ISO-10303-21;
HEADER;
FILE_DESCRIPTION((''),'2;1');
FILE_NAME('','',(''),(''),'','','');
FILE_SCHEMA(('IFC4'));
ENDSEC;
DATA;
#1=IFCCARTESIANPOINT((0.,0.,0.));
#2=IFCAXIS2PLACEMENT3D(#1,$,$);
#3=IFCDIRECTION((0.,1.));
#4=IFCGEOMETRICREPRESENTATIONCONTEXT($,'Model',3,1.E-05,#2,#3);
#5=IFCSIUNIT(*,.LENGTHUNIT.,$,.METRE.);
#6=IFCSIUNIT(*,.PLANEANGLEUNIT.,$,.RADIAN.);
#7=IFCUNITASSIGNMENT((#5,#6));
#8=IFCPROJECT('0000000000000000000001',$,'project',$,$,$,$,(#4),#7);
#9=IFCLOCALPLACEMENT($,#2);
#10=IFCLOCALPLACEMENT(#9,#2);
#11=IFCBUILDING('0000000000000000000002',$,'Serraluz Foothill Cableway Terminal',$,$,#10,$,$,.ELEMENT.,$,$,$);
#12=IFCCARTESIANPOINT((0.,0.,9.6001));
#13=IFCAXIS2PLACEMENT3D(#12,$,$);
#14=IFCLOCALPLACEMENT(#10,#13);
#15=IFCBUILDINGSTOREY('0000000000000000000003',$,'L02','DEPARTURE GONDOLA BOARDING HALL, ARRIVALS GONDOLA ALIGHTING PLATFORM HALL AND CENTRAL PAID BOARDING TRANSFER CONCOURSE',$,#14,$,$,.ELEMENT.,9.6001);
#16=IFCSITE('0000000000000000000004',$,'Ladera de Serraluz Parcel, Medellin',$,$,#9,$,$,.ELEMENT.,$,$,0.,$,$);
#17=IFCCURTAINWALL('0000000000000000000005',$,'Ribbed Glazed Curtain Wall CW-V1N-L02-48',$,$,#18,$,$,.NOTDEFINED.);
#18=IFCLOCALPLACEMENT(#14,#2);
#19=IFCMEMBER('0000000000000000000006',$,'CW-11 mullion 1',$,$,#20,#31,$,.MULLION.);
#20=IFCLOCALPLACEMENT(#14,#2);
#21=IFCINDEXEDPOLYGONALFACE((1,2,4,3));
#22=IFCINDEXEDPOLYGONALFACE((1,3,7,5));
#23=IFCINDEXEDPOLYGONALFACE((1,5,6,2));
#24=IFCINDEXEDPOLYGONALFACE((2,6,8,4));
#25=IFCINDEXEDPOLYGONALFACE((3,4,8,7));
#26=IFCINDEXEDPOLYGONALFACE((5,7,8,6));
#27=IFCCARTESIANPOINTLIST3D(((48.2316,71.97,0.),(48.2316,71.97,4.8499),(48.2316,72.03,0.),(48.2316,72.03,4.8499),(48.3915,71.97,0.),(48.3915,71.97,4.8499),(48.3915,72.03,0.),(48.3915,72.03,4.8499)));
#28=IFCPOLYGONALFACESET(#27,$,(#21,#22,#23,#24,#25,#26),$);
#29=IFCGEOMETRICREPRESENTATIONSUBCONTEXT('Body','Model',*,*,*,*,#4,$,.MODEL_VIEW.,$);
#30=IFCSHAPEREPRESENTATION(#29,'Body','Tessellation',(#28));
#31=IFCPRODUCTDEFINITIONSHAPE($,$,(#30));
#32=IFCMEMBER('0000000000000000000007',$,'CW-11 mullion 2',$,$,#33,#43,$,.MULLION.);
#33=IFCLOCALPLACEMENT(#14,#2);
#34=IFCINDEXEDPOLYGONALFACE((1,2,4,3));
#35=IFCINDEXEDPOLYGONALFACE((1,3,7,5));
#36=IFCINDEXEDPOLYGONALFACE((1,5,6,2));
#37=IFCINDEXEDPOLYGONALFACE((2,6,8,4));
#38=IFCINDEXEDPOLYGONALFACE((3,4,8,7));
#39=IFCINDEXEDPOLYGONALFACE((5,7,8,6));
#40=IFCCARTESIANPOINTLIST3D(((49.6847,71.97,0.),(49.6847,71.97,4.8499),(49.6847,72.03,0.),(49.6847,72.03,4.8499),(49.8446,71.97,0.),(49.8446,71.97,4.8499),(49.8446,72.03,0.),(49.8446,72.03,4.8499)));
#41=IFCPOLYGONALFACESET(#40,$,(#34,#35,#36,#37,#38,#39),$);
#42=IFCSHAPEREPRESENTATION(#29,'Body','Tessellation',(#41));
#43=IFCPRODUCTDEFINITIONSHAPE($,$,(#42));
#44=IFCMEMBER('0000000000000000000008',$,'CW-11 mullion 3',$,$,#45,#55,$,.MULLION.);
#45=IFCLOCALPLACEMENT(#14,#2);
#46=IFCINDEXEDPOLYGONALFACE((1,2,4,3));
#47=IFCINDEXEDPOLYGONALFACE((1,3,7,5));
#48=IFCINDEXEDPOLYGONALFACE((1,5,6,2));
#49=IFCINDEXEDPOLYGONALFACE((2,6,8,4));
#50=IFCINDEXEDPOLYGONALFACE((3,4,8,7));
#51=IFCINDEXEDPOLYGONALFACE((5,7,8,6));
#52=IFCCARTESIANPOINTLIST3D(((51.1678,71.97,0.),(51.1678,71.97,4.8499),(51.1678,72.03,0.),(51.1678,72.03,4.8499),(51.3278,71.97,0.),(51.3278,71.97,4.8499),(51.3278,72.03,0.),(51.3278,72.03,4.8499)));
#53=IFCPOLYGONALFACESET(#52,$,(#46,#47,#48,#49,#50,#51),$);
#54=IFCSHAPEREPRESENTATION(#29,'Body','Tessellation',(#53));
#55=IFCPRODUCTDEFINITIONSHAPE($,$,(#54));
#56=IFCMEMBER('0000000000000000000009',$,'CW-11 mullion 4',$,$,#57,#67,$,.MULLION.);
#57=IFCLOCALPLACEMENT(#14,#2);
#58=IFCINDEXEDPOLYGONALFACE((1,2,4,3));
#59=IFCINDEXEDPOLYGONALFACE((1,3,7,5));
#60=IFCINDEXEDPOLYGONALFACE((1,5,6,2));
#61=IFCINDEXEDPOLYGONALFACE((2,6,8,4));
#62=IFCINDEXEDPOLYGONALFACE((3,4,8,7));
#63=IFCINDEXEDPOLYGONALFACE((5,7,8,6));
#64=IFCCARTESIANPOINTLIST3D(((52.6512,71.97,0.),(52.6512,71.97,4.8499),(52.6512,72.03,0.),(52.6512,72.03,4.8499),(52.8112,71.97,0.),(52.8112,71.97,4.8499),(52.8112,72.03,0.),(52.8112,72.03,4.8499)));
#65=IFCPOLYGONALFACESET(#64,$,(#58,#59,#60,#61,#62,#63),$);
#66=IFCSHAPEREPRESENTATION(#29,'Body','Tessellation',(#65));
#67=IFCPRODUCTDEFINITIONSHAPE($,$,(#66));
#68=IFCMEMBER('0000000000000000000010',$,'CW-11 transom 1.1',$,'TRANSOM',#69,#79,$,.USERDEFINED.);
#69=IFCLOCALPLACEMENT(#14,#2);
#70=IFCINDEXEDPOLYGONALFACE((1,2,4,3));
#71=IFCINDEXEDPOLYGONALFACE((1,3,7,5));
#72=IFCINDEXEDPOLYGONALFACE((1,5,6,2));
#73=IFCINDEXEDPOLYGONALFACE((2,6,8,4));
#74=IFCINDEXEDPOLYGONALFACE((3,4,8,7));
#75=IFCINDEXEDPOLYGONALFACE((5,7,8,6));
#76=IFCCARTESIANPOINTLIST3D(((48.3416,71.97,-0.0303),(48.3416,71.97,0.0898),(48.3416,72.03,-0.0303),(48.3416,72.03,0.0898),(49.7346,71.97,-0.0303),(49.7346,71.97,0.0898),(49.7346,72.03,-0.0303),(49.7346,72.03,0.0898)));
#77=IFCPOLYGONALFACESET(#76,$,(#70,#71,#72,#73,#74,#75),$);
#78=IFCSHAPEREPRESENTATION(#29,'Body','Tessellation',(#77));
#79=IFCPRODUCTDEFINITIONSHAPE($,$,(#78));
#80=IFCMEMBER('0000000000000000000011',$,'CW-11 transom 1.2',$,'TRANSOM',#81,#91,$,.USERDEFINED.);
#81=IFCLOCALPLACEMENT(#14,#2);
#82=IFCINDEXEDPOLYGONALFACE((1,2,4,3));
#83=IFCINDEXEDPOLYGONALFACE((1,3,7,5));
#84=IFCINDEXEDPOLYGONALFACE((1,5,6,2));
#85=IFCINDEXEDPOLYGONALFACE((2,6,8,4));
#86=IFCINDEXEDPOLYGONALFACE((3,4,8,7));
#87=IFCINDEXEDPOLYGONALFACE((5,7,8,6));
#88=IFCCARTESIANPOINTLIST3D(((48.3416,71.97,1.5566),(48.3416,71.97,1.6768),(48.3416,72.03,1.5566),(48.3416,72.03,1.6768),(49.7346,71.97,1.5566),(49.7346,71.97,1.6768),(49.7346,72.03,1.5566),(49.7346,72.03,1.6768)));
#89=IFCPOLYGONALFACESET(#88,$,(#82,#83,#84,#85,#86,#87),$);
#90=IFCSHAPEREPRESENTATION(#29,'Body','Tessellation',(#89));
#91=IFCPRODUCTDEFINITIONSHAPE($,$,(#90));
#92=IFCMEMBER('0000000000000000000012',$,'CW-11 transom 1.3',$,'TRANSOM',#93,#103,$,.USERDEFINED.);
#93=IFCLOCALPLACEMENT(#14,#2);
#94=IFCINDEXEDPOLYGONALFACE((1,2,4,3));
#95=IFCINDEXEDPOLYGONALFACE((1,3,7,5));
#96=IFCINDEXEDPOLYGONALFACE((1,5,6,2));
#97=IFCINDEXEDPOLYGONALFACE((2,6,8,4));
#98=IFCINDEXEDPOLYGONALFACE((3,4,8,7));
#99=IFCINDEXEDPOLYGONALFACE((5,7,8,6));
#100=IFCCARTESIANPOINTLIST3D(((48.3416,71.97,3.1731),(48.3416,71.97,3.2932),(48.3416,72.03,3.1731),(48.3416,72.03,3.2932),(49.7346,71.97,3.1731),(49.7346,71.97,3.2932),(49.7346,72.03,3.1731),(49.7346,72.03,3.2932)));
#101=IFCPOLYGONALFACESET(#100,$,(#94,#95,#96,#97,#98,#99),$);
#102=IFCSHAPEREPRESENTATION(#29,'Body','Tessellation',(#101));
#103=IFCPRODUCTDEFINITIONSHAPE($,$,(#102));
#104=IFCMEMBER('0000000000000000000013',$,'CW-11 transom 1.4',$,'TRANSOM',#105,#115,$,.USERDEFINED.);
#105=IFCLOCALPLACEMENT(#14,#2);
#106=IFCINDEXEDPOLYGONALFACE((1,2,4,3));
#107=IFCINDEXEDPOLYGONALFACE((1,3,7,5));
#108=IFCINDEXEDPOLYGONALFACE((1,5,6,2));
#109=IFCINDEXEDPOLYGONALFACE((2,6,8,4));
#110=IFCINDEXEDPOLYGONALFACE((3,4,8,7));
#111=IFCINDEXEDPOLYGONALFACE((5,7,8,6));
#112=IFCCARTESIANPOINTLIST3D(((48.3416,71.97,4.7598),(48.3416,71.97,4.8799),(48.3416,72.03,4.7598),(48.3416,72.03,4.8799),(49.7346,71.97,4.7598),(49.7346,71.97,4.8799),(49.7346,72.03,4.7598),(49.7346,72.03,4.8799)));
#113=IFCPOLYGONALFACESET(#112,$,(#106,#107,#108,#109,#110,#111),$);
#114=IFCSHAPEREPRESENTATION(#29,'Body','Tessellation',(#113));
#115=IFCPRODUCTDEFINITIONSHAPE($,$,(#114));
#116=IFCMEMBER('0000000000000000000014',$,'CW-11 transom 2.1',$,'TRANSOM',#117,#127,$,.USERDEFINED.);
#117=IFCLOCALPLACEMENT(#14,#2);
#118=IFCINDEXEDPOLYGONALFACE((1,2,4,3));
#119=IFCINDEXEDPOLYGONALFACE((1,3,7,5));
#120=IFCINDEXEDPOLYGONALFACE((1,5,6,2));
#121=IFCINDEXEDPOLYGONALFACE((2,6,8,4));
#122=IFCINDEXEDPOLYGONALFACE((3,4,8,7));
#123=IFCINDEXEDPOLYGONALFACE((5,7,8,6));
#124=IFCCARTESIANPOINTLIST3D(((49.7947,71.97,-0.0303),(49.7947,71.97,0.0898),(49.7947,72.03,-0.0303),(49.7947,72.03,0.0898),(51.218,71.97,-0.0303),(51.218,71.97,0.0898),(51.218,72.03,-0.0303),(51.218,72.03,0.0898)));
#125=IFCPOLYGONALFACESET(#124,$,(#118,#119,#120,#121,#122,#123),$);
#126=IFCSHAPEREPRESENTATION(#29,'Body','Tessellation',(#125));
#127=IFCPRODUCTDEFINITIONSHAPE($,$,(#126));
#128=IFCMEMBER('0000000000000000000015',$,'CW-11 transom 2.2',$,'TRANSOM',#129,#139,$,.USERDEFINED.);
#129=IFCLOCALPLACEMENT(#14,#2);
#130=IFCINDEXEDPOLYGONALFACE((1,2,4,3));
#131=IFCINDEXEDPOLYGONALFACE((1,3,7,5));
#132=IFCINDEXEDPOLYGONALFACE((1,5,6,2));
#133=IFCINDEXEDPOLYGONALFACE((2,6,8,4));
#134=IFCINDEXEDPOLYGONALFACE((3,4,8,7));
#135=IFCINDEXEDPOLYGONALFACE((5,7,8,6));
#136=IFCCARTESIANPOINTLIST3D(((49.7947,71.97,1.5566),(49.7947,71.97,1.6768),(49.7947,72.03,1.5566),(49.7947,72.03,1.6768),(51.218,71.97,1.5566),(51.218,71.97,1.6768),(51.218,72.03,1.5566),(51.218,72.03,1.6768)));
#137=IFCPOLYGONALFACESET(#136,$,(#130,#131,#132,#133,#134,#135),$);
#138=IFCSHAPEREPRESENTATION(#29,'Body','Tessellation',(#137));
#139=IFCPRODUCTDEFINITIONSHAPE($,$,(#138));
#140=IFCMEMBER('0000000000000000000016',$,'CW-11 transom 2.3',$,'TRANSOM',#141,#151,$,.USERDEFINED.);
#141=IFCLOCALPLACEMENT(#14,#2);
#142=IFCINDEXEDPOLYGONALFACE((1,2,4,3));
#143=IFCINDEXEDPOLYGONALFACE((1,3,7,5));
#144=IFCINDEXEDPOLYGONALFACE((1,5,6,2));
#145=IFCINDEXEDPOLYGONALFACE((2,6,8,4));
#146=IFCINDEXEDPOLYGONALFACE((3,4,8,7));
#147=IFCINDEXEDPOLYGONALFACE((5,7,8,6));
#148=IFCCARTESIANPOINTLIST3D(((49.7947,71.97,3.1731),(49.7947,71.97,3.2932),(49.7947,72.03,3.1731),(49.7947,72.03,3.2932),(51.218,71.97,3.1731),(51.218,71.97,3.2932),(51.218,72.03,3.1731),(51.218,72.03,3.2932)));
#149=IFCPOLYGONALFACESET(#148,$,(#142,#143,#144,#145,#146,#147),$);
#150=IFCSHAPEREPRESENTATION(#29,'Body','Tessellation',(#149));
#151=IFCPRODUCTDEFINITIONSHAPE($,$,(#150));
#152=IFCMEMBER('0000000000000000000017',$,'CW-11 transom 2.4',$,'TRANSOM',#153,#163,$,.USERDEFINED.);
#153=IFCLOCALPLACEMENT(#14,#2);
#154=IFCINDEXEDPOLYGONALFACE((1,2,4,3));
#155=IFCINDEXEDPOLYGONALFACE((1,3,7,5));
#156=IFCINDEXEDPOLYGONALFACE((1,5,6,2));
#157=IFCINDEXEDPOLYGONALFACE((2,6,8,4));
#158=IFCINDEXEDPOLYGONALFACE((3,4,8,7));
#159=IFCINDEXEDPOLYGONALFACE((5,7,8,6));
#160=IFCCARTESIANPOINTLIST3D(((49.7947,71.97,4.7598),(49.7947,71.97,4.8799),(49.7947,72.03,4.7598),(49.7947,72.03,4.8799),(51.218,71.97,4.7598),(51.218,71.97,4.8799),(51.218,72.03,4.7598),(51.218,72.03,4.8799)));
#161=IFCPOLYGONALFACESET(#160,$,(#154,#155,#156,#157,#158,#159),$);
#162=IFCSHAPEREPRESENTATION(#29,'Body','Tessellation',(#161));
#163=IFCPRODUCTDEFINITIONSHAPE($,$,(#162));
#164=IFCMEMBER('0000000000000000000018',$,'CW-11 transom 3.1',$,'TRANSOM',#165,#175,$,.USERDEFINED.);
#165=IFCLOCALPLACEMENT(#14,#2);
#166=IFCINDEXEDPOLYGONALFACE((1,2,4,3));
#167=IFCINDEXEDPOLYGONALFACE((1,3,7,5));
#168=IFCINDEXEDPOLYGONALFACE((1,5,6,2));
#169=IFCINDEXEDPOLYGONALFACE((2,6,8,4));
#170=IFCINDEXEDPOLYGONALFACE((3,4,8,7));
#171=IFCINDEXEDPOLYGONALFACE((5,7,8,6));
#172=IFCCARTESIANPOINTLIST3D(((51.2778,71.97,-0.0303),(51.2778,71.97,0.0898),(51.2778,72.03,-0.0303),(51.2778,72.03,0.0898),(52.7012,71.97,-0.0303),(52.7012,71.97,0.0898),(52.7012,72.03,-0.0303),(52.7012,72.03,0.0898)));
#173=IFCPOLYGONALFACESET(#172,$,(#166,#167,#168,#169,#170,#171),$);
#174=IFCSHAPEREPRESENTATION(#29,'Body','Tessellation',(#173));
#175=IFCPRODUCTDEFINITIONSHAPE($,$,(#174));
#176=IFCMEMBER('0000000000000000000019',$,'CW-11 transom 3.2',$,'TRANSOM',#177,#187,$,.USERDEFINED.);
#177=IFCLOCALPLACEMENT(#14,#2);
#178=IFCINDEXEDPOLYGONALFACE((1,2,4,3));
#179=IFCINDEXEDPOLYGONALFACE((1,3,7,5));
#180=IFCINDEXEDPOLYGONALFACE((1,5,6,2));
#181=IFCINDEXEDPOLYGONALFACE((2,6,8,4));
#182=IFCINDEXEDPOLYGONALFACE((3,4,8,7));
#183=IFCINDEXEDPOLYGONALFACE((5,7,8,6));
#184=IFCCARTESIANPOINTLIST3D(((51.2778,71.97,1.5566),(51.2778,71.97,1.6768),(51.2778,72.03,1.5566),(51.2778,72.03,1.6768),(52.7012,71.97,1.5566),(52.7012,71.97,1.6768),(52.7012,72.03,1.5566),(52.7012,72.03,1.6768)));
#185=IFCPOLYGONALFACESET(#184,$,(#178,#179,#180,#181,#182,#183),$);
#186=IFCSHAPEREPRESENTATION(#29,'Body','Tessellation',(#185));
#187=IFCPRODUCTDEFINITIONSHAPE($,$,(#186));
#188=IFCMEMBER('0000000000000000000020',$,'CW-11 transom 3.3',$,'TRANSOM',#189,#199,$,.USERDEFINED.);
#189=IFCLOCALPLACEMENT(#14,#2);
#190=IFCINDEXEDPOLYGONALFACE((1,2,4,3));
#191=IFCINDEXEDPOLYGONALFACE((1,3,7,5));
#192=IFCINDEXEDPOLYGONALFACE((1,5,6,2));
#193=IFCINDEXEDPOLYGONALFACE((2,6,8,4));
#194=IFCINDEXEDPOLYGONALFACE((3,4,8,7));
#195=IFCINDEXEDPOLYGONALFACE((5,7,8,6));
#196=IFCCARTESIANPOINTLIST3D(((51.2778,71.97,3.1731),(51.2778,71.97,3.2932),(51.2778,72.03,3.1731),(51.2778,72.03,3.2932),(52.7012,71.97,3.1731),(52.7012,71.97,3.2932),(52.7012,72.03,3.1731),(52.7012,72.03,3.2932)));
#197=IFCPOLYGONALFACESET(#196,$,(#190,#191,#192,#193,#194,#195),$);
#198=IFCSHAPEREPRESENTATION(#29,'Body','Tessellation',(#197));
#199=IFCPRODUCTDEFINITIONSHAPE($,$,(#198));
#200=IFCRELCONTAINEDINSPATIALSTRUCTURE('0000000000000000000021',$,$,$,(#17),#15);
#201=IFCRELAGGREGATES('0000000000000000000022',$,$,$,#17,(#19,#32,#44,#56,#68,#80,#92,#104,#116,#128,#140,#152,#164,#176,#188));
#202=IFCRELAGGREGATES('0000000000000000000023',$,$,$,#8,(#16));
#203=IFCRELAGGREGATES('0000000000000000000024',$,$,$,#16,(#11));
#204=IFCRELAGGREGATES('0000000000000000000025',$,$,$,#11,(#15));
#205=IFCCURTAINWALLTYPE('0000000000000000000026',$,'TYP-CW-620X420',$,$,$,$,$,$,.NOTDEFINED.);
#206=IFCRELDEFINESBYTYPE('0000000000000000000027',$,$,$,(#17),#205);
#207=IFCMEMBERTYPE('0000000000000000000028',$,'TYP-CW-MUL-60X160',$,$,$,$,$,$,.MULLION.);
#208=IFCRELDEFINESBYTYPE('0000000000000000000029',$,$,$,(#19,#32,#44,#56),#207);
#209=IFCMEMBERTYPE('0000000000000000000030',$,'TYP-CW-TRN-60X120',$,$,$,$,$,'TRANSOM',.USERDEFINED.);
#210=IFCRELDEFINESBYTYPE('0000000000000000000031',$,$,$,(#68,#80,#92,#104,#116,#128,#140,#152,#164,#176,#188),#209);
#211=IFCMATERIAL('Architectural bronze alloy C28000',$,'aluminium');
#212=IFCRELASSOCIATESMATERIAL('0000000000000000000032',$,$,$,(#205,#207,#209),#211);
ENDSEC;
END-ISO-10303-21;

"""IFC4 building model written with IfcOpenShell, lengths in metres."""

from ifc_helpers import new_model, si_unit, direction, frame, origin, origin_2d, place, context, subcontext, project, spatial, rectangle, extrude, material, material_profile, profile_set, type_object, element, aggregate, save


model = new_model("IFC4")

# Units and contexts
model_context = context("Model", 3, precision=1e-05, world=origin(), true_north=direction((0.0, 1.0)))
body_context = subcontext(model_context, "Body", "Model", "MODEL_VIEW")
ifc_project = project(units=[si_unit("LENGTHUNIT", "METRE"), si_unit("PLANEANGLEUNIT", "RADIAN")], contexts=[model_context])

# Site, building, storey
site_placement = place(None, origin())
site = spatial("IfcSite", under=ifc_project, at=site_placement, Name="Ladera de Serraluz Parcel, Medellin", CompositionType="ELEMENT", RefElevation=0.0)
building_placement = place(site_placement, origin())
building = spatial("IfcBuilding", under=site, at=building_placement, Name="Serraluz Foothill Cableway Terminal", CompositionType="ELEMENT")
storey_placement = place(building_placement, frame((0.0, 0.0, 9.6001)))
storey = spatial("IfcBuildingStorey", under=building, at=storey_placement, Name="L02", Description="DEPARTURE GONDOLA BOARDING HALL, ARRIVALS GONDOLA ALIGHTING PLATFORM HALL AND CENTRAL PAID BOARDING TRANSFER CONCOURSE", CompositionType="ELEMENT", Elevation=9.6001)

# Curtain wall, members
ifc_material_1 = material(Name="Architectural bronze alloy C28000", Category="aluminium")
curtain_wall_type = type_object("IfcCurtainWallType", Name="TYP-CW-620X420", PredefinedType="NOTDEFINED", material=ifc_material_1)
curtain_wall_placement = place(storey_placement, origin())
curtain_wall = element("IfcCurtainWall", 1, at=curtain_wall_placement, inside=storey, type_object=curtain_wall_type, Name="Ribbed Glazed Curtain Wall CW-V1N-L02-48", PredefinedType="NOTDEFINED")
ifc_material_profile_1 = material_profile(ifc_material_1, rectangle(XDim=0.0601, YDim=0.1599, at=origin_2d()), Name="ALU MULLION 60x160")
ifc_profile_set_1 = profile_set([ifc_material_profile_1], Name="Architectural bronze alloy C28000")
member_type_1 = type_object("IfcMemberType", Name="TYP-CW-MUL-60X160", PredefinedType="MULLION", material=ifc_profile_set_1)
member_1_placement = place(storey_placement, frame((48.3115, 72.0, 0.0), z_axis=(0.0, 0.0, 1.0), x_axis=(0.0, 1.0, 0.0)))
member_1 = element("IfcMember", 2, at=member_1_placement, type_object=member_type_1, Name="CW-11 mullion 1", PredefinedType="MULLION", context=body_context, shape_type="SweptSolid", body=[
    extrude(rectangle(XDim=0.0601, YDim=0.1599, at=origin_2d()), origin(), (0.0, 0.0, 1.0), 4.8499),
])
member_2_placement = place(storey_placement, frame((49.7646, 72.0, 0.0), z_axis=(0.0, 0.0, 1.0), x_axis=(0.0, 1.0, 0.0)))
member_2 = element("IfcMember", 3, at=member_2_placement, type_object=member_type_1, Name="CW-11 mullion 2", PredefinedType="MULLION", context=body_context, shape_type="SweptSolid", body=[
    extrude(rectangle(XDim=0.0601, YDim=0.1599, at=origin_2d()), origin(), (0.0, 0.0, 1.0), 4.8499),
])
member_3_placement = place(storey_placement, frame((51.2478, 72.0, 0.0), z_axis=(0.0, 0.0, 1.0), x_axis=(0.0, 1.0, 0.0)))
member_3 = element("IfcMember", 4, at=member_3_placement, type_object=member_type_1, Name="CW-11 mullion 3", PredefinedType="MULLION", context=body_context, shape_type="SweptSolid", body=[
    extrude(rectangle(XDim=0.0601, YDim=0.1599, at=origin_2d()), origin(), (0.0, 0.0, 1.0), 4.8499),
])
member_4_placement = place(storey_placement, frame((52.7312, 72.0, 0.0), z_axis=(0.0, 0.0, 1.0), x_axis=(0.0, 1.0, 0.0)))
member_4 = element("IfcMember", 5, at=member_4_placement, type_object=member_type_1, Name="CW-11 mullion 4", PredefinedType="MULLION", context=body_context, shape_type="SweptSolid", body=[
    extrude(rectangle(XDim=0.0601, YDim=0.1599, at=origin_2d()), origin(), (0.0, 0.0, 1.0), 4.8499),
])
ifc_material_profile_2 = material_profile(ifc_material_1, rectangle(XDim=0.0601, YDim=0.1201, at=origin_2d()), Name="ALU TRANSOM 60x120")
ifc_profile_set_2 = profile_set([ifc_material_profile_2], Name="Architectural bronze alloy C28000")
member_type_2 = type_object("IfcMemberType", Name="TYP-CW-TRN-60X120", ElementType="TRANSOM", PredefinedType="USERDEFINED", material=ifc_profile_set_2)
member_5_placement = place(storey_placement, frame((48.3416, 72.0, 0.0298), z_axis=(1.0, 0.0, 0.0), x_axis=(0.0, 1.0, 0.0)))
member_5 = element("IfcMember", 6, at=member_5_placement, type_object=member_type_2, Name="CW-11 transom 1.1", ObjectType="TRANSOM", PredefinedType="USERDEFINED", context=body_context, shape_type="SweptSolid", body=[
    extrude(rectangle(XDim=0.0601, YDim=0.1201, at=origin_2d()), origin(), (0.0, 0.0, 1.0), 1.3931),
])
member_6_placement = place(storey_placement, frame((48.3416, 72.0, 1.6167), z_axis=(1.0, 0.0, 0.0), x_axis=(0.0, 1.0, 0.0)))
member_6 = element("IfcMember", 7, at=member_6_placement, type_object=member_type_2, Name="CW-11 transom 1.2", ObjectType="TRANSOM", PredefinedType="USERDEFINED", context=body_context, shape_type="SweptSolid", body=[
    extrude(rectangle(XDim=0.0601, YDim=0.1201, at=origin_2d()), origin(), (0.0, 0.0, 1.0), 1.3931),
])
member_7_placement = place(storey_placement, frame((48.3416, 72.0, 3.2332), z_axis=(1.0, 0.0, 0.0), x_axis=(0.0, 1.0, 0.0)))
member_7 = element("IfcMember", 8, at=member_7_placement, type_object=member_type_2, Name="CW-11 transom 1.3", ObjectType="TRANSOM", PredefinedType="USERDEFINED", context=body_context, shape_type="SweptSolid", body=[
    extrude(rectangle(XDim=0.0601, YDim=0.1201, at=origin_2d()), origin(), (0.0, 0.0, 1.0), 1.3931),
])
member_8_placement = place(storey_placement, frame((48.3416, 72.0, 4.8198), z_axis=(1.0, 0.0, 0.0), x_axis=(0.0, 1.0, 0.0)))
member_8 = element("IfcMember", 9, at=member_8_placement, type_object=member_type_2, Name="CW-11 transom 1.4", ObjectType="TRANSOM", PredefinedType="USERDEFINED", context=body_context, shape_type="SweptSolid", body=[
    extrude(rectangle(XDim=0.0601, YDim=0.1201, at=origin_2d()), origin(), (0.0, 0.0, 1.0), 1.3931),
])
member_9_placement = place(storey_placement, frame((49.7947, 72.0, 0.0298), z_axis=(1.0, 0.0, 0.0), x_axis=(0.0, 1.0, 0.0)))
member_9 = element("IfcMember", 10, at=member_9_placement, type_object=member_type_2, Name="CW-11 transom 2.1", ObjectType="TRANSOM", PredefinedType="USERDEFINED", context=body_context, shape_type="SweptSolid", body=[
    extrude(rectangle(XDim=0.0601, YDim=0.1201, at=origin_2d()), origin(), (0.0, 0.0, 1.0), 1.4233),
])
member_10_placement = place(storey_placement, frame((49.7947, 72.0, 1.6167), z_axis=(1.0, 0.0, 0.0), x_axis=(0.0, 1.0, 0.0)))
member_10 = element("IfcMember", 11, at=member_10_placement, type_object=member_type_2, Name="CW-11 transom 2.2", ObjectType="TRANSOM", PredefinedType="USERDEFINED", context=body_context, shape_type="SweptSolid", body=[
    extrude(rectangle(XDim=0.0601, YDim=0.1201, at=origin_2d()), origin(), (0.0, 0.0, 1.0), 1.4233),
])
member_11_placement = place(storey_placement, frame((49.7947, 72.0, 3.2332), z_axis=(1.0, 0.0, 0.0), x_axis=(0.0, 1.0, 0.0)))
member_11 = element("IfcMember", 12, at=member_11_placement, type_object=member_type_2, Name="CW-11 transom 2.3", ObjectType="TRANSOM", PredefinedType="USERDEFINED", context=body_context, shape_type="SweptSolid", body=[
    extrude(rectangle(XDim=0.0601, YDim=0.1201, at=origin_2d()), origin(), (0.0, 0.0, 1.0), 1.4233),
])
member_12_placement = place(storey_placement, frame((49.7947, 72.0, 4.8198), z_axis=(1.0, 0.0, 0.0), x_axis=(0.0, 1.0, 0.0)))
member_12 = element("IfcMember", 13, at=member_12_placement, type_object=member_type_2, Name="CW-11 transom 2.4", ObjectType="TRANSOM", PredefinedType="USERDEFINED", context=body_context, shape_type="SweptSolid", body=[
    extrude(rectangle(XDim=0.0601, YDim=0.1201, at=origin_2d()), origin(), (0.0, 0.0, 1.0), 1.4233),
])
member_13_placement = place(storey_placement, frame((51.2778, 72.0, 0.0298), z_axis=(1.0, 0.0, 0.0), x_axis=(0.0, 1.0, 0.0)))
member_13 = element("IfcMember", 14, at=member_13_placement, type_object=member_type_2, Name="CW-11 transom 3.1", ObjectType="TRANSOM", PredefinedType="USERDEFINED", context=body_context, shape_type="SweptSolid", body=[
    extrude(rectangle(XDim=0.0601, YDim=0.1201, at=origin_2d()), origin(), (0.0, 0.0, 1.0), 1.4233),
])
member_14_placement = place(storey_placement, frame((51.2778, 72.0, 1.6167), z_axis=(1.0, 0.0, 0.0), x_axis=(0.0, 1.0, 0.0)))
member_14 = element("IfcMember", 15, at=member_14_placement, type_object=member_type_2, Name="CW-11 transom 3.2", ObjectType="TRANSOM", PredefinedType="USERDEFINED", context=body_context, shape_type="SweptSolid", body=[
    extrude(rectangle(XDim=0.0601, YDim=0.1201, at=origin_2d()), origin(), (0.0, 0.0, 1.0), 1.4233),
])
member_15_placement = place(storey_placement, frame((51.2778, 72.0, 3.2332), z_axis=(1.0, 0.0, 0.0), x_axis=(0.0, 1.0, 0.0)))
member_15 = element("IfcMember", 16, at=member_15_placement, type_object=member_type_2, Name="CW-11 transom 3.3", ObjectType="TRANSOM", PredefinedType="USERDEFINED", context=body_context, shape_type="SweptSolid", body=[
    extrude(rectangle(XDim=0.0601, YDim=0.1201, at=origin_2d()), origin(), (0.0, 0.0, 1.0), 1.4233),
])
aggregate(curtain_wall, [member_1, member_2, member_3, member_4, member_5, member_6, member_7, member_8, member_9, member_10, member_11, member_12, member_13, member_14, member_15])

save(model, "model.ifc")
